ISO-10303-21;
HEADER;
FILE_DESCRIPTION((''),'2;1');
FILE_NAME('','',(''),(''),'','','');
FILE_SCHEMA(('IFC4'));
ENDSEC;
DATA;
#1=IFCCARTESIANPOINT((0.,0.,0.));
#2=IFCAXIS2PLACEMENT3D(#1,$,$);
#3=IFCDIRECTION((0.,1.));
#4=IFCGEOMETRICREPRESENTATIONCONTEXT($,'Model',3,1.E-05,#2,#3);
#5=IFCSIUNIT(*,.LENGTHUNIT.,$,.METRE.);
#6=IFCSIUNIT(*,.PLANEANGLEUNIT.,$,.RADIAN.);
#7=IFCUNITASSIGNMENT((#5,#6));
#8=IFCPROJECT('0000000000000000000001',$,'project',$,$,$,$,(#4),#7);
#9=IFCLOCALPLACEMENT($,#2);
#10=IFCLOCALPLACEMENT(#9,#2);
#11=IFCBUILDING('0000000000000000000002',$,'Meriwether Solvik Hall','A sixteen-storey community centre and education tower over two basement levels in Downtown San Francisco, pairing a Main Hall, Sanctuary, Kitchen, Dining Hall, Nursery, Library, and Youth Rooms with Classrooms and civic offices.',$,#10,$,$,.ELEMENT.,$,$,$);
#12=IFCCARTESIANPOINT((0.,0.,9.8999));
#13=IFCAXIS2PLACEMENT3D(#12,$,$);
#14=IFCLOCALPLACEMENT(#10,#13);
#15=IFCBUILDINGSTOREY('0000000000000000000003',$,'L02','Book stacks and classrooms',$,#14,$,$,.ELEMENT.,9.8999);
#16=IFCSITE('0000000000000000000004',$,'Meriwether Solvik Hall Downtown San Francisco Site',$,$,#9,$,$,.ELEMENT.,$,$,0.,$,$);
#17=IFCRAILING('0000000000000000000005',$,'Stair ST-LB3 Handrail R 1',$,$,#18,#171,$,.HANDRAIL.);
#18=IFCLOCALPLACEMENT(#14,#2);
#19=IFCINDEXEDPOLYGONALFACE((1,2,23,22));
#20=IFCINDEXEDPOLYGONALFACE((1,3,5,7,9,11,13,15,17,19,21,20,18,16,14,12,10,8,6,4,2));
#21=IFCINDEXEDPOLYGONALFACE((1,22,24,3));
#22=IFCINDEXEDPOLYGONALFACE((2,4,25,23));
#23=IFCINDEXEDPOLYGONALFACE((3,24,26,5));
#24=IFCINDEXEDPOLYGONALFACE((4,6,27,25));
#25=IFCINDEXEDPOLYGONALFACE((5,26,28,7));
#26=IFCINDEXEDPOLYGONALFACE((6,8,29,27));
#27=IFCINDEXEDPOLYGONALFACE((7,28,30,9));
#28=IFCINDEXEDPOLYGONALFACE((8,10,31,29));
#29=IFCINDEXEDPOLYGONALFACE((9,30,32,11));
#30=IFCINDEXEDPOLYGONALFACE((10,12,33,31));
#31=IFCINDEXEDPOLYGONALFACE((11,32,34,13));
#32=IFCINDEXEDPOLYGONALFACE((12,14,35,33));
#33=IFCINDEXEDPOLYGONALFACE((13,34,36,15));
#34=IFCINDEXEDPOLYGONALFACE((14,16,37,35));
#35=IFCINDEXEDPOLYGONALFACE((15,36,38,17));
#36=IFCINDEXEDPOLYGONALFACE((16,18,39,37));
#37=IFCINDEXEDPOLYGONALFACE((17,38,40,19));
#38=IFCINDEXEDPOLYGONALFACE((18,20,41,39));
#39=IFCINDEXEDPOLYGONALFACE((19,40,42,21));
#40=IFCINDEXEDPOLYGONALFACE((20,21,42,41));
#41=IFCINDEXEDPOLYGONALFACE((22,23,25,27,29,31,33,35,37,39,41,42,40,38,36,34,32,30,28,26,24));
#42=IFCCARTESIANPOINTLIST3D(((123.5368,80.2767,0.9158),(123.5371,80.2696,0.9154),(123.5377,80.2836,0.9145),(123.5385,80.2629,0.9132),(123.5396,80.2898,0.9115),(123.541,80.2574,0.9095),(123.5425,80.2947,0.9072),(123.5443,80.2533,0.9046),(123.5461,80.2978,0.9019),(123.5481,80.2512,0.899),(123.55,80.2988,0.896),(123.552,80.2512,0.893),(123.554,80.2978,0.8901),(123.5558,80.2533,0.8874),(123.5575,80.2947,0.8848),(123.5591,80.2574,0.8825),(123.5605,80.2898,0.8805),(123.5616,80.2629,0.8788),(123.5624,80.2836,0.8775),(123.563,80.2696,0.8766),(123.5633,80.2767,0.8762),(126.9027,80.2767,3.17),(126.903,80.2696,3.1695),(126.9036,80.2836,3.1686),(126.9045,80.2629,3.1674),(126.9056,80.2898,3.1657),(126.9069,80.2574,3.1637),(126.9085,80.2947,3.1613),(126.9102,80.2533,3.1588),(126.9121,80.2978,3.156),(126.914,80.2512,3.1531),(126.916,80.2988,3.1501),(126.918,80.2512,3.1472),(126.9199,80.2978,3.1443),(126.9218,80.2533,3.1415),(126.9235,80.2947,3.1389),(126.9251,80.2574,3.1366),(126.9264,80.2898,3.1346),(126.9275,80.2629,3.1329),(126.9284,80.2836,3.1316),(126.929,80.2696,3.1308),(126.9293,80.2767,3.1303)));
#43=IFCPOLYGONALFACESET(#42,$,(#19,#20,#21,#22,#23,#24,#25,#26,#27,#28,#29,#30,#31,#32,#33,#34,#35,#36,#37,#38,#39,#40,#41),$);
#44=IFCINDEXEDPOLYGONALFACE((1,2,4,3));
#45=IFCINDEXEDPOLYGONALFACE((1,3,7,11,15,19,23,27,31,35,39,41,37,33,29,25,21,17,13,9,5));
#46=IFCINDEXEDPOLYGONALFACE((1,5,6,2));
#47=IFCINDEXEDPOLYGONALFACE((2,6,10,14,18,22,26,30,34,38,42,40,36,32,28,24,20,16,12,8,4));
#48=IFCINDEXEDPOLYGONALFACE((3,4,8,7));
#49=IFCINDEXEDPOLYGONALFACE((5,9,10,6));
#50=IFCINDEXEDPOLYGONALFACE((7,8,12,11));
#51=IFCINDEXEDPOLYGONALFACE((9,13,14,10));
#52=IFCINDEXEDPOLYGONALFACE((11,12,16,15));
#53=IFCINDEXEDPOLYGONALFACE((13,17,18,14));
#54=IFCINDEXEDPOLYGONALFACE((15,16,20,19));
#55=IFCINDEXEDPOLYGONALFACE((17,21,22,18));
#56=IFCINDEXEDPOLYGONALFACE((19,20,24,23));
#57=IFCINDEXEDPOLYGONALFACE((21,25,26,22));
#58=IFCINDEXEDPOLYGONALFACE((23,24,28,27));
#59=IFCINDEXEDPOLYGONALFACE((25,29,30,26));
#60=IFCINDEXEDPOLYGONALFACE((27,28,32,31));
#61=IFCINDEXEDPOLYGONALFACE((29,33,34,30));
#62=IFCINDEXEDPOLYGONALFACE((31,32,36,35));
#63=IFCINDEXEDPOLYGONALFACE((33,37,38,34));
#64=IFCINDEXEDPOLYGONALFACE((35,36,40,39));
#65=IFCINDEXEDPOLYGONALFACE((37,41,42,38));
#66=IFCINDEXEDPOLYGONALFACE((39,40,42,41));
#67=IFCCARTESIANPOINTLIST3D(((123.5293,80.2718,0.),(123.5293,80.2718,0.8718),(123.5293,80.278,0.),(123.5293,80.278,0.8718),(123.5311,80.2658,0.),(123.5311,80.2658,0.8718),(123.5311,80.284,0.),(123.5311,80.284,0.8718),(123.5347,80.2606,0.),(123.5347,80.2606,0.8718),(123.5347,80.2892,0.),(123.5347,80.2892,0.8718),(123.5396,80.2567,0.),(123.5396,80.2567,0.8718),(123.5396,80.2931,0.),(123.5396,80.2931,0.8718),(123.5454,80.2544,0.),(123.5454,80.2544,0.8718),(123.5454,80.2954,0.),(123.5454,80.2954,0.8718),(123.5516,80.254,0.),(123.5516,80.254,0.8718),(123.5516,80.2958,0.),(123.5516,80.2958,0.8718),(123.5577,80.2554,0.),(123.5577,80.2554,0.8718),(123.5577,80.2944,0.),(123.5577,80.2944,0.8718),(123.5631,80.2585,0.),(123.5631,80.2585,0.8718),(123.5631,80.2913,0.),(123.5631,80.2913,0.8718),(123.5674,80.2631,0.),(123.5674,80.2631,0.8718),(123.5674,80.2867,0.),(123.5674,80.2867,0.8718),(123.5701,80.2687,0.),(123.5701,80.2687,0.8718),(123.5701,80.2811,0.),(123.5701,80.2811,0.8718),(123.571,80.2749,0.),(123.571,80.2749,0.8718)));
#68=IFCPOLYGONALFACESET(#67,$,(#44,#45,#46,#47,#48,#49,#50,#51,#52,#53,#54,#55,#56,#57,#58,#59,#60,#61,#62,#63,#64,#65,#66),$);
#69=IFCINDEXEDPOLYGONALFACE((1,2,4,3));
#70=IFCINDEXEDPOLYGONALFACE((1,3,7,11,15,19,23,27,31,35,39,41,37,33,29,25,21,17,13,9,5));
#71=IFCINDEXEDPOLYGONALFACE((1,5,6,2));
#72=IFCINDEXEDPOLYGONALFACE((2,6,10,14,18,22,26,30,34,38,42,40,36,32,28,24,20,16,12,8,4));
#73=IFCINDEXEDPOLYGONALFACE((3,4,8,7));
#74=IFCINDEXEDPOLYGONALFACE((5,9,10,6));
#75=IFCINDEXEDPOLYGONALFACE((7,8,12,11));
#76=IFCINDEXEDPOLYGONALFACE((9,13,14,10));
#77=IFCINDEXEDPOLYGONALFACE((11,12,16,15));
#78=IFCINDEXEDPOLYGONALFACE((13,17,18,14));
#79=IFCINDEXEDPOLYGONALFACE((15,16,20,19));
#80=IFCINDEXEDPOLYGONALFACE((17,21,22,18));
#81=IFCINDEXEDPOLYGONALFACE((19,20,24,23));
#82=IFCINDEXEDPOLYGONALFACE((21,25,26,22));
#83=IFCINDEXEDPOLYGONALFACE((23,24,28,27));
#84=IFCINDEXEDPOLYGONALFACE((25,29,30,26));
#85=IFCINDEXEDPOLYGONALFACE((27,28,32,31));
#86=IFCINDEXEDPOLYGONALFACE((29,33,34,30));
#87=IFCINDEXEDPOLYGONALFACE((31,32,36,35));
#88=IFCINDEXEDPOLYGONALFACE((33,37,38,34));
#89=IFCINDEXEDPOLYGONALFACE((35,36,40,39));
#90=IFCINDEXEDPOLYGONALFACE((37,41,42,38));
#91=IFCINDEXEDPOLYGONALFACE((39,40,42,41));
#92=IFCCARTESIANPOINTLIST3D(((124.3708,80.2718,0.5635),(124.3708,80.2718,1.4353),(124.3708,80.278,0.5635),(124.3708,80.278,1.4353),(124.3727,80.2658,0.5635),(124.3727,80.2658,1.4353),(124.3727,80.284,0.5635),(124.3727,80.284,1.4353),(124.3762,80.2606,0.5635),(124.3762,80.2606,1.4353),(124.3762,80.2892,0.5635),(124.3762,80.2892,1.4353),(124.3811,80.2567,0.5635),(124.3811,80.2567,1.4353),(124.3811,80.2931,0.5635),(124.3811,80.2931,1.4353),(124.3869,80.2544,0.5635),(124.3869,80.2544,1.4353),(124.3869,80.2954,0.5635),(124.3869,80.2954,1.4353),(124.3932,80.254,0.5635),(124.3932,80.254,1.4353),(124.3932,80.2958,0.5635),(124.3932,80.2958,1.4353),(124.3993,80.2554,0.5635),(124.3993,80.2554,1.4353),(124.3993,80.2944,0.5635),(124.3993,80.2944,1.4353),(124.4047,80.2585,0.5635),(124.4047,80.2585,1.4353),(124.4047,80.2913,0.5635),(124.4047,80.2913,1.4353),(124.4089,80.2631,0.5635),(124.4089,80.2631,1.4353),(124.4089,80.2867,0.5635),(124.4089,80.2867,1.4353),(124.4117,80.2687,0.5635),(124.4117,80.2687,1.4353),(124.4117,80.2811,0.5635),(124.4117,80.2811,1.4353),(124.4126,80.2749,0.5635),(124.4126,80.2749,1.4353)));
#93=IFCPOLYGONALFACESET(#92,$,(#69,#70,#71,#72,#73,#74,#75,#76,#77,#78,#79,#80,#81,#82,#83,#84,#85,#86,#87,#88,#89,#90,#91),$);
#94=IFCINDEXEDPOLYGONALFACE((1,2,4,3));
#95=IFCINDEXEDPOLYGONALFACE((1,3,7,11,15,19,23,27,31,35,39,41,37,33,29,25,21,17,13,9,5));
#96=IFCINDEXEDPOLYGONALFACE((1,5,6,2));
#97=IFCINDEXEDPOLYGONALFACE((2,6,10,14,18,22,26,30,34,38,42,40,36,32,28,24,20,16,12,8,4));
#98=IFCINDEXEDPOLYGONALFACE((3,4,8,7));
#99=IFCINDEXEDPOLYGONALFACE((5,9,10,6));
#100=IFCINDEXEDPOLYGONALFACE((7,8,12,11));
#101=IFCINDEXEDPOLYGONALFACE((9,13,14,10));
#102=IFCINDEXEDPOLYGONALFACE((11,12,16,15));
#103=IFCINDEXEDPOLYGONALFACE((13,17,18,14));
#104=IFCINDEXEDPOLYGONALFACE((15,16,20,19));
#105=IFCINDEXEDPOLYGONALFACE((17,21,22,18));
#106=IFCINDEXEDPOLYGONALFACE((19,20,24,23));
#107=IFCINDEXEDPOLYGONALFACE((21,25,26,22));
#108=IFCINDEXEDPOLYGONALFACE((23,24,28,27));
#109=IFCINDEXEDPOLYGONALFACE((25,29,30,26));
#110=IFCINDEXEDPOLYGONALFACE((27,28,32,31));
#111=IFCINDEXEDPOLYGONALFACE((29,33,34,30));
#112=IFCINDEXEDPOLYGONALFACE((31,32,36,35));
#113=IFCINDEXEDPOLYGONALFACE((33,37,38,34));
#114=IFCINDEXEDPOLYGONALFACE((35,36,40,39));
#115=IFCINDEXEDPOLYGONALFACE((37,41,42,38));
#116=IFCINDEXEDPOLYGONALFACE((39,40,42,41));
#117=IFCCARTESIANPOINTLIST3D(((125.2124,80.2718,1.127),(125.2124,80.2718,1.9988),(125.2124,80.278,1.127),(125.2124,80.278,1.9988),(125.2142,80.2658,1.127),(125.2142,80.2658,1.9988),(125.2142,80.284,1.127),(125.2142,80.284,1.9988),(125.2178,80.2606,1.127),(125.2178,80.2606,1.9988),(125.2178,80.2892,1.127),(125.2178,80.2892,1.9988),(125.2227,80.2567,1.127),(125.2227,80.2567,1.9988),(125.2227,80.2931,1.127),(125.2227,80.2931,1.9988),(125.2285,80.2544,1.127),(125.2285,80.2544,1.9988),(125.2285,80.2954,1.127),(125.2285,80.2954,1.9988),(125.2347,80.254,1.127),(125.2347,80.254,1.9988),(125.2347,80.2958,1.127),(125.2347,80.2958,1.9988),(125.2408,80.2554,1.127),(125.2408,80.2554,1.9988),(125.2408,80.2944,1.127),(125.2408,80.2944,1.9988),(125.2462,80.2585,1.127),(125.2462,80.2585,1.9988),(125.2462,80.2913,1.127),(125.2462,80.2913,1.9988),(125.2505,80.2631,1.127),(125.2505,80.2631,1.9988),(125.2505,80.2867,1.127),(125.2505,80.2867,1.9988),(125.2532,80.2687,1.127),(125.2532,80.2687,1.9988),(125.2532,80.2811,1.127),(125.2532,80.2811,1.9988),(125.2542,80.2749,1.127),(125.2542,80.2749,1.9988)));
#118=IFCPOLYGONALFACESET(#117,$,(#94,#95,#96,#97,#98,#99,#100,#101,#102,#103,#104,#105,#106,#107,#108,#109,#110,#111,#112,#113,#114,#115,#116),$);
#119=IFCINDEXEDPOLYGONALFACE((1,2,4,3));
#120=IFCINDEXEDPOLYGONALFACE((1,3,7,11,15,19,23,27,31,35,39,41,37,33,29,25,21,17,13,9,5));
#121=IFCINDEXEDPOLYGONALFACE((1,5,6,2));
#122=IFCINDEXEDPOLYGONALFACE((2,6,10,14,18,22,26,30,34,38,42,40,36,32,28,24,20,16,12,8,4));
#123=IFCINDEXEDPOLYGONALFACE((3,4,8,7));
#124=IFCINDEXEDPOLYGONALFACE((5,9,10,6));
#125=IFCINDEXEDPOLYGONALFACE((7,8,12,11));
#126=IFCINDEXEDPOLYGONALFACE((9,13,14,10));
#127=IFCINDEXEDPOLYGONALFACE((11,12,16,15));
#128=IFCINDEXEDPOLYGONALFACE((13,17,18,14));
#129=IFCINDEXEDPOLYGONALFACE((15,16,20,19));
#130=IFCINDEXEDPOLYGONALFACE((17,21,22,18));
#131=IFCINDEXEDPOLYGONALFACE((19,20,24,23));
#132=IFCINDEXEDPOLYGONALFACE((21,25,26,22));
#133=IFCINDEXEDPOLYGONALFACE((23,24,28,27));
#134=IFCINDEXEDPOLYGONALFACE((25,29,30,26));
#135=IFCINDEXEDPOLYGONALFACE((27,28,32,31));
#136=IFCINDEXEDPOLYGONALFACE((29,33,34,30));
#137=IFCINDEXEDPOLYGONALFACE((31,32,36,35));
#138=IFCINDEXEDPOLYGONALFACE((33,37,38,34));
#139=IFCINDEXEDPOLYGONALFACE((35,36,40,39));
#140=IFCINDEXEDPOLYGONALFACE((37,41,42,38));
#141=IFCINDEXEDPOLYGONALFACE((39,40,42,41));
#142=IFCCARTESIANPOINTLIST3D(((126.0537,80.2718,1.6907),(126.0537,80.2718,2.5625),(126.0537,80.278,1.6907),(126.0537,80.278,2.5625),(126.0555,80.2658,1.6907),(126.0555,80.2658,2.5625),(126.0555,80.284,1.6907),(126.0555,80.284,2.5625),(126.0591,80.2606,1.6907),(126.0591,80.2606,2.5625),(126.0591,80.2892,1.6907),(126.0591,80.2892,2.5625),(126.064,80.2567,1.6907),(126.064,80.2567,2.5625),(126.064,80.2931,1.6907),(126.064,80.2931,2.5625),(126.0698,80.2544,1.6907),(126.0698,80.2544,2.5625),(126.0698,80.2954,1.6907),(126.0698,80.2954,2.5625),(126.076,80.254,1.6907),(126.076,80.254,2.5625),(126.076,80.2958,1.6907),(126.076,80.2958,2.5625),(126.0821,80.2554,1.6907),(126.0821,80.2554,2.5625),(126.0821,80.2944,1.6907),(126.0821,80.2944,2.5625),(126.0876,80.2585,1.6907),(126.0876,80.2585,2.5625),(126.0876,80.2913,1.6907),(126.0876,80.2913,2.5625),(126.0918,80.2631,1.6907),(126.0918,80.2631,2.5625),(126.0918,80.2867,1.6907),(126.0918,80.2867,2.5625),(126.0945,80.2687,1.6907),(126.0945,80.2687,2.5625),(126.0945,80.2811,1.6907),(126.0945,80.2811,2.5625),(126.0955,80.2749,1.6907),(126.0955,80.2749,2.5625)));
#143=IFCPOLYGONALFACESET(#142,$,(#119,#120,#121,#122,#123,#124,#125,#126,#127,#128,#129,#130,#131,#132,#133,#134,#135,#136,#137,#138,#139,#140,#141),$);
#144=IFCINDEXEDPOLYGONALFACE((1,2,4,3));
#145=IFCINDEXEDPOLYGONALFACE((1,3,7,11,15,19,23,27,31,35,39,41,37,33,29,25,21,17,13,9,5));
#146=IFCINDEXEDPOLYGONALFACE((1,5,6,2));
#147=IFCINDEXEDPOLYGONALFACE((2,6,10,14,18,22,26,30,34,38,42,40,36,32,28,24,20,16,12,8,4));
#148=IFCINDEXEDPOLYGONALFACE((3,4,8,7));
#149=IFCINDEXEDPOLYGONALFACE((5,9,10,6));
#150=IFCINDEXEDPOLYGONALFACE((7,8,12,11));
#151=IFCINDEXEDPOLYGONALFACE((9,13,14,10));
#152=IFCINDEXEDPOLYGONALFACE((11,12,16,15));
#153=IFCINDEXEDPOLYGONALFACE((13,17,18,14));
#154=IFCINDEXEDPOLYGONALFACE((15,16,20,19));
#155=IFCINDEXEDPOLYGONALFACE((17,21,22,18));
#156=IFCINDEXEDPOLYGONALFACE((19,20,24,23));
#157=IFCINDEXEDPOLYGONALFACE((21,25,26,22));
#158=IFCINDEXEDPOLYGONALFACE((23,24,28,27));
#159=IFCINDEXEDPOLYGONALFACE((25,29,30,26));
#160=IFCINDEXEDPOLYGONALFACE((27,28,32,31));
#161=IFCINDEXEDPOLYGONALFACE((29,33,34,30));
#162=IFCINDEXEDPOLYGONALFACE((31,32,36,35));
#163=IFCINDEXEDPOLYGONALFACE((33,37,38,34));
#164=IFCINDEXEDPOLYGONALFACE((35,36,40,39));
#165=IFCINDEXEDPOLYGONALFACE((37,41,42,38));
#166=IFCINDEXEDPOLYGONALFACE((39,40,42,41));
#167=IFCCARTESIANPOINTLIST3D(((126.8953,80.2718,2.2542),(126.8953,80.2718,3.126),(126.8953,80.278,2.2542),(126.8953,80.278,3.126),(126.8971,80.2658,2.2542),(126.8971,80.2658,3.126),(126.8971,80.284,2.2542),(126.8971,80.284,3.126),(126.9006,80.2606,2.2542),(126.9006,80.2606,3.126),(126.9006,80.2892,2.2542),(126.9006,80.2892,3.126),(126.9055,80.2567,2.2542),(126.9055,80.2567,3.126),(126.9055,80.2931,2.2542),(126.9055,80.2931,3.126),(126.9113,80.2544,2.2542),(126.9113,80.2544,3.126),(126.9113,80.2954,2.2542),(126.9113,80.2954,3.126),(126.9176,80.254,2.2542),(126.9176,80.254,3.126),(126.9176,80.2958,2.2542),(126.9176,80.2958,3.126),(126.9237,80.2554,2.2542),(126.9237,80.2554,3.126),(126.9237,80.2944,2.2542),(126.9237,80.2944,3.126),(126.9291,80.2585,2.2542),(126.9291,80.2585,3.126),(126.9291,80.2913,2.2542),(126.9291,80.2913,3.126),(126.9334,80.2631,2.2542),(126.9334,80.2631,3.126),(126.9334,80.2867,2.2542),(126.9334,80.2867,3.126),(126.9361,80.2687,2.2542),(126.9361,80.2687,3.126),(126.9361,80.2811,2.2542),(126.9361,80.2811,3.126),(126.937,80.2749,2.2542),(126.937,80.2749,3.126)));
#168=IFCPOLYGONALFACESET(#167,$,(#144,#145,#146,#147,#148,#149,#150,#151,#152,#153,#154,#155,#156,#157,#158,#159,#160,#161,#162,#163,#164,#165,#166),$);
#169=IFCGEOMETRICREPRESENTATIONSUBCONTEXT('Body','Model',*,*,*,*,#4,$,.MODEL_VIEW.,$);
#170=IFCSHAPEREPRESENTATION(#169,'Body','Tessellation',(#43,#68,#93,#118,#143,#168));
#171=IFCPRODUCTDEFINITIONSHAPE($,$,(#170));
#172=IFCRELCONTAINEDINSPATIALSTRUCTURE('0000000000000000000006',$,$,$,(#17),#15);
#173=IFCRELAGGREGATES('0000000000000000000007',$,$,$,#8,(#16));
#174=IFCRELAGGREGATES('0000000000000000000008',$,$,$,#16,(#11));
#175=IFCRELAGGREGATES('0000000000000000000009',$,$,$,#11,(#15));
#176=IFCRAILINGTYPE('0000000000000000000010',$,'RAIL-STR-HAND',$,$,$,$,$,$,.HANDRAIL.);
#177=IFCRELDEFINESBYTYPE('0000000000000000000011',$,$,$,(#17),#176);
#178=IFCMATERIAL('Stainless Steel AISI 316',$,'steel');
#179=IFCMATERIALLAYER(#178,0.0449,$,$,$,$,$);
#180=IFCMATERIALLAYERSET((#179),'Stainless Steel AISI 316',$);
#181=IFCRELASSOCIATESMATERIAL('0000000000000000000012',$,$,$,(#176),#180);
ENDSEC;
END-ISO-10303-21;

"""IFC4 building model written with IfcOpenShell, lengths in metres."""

from ifc_helpers import new_model, si_unit, direction, frame, origin, origin_2d, place, context, subcontext, project, spatial, circle, extrude, material, layer, layer_set, type_object, element, save


model = new_model("IFC4")

# Units and contexts
model_context = context("Model", 3, precision=1e-05, world=origin(), true_north=direction((0.0, 1.0)))
body_context = subcontext(model_context, "Body", "Model", "MODEL_VIEW")
ifc_project = project(units=[si_unit("LENGTHUNIT", "METRE"), si_unit("PLANEANGLEUNIT", "RADIAN")], contexts=[model_context])

# Site, building, storey
site_placement = place(None, origin())
site = spatial("IfcSite", under=ifc_project, at=site_placement, Name="Meriwether Solvik Hall Downtown San Francisco Site", CompositionType="ELEMENT", RefElevation=0.0)
building_placement = place(site_placement, origin())
building = spatial("IfcBuilding", under=site, at=building_placement, Name="Meriwether Solvik Hall", Description="A sixteen-storey community centre and education tower over two basement levels in Downtown San Francisco, pairing a Main Hall, Sanctuary, Kitchen, Dining Hall, Nursery, Library, and Youth Rooms with Classrooms and civic offices.", CompositionType="ELEMENT")
storey_placement = place(building_placement, frame((0.0, 0.0, 9.8999)))
storey = spatial("IfcBuildingStorey", under=building, at=storey_placement, Name="L02", Description="Book stacks and classrooms", CompositionType="ELEMENT", Elevation=9.8999)

# Railing
ifc_material_1 = material(Name="Stainless Steel AISI 316", Category="steel")
ifc_layer_1 = layer(ifc_material_1, 0.0449)
ifc_layer_set_1 = layer_set([ifc_layer_1], Name="Stainless Steel AISI 316")
railing_type_1 = type_object("IfcRailingType", Name="RAIL-STR-HAND", PredefinedType="HANDRAIL", material=ifc_layer_set_1)
for number, where, name in (
    (1, (123.55, 80.2749, 0.0), "Stair ST-LB3 Handrail R 1"),
):
    element("IfcRailing", number, at=place(storey_placement, frame(where)), inside=storey, type_object=railing_type_1, Name=name, PredefinedType="HANDRAIL", context=body_context, shape_type="SweptSolid", body=[
        extrude(circle(Radius=0.0239, at=origin_2d()), frame((0.0, 0.0, 0.896), z_axis=(0.83089, 0.0, 0.556437), x_axis=(0.0, 1.0, 0.0)), (0.0, 0.0, 1.0), 4.051),
        extrude(circle(Radius=0.021, at=origin_2d()), origin(), (0.0, 0.0, 1.0), 0.8718),
        extrude(circle(Radius=0.021, at=origin_2d()), frame((0.8416, 0.0, 0.5635)), (0.0, 0.0, 1.0), 0.8718),
        extrude(circle(Radius=0.021, at=origin_2d()), frame((1.6831, 0.0, 1.127)), (0.0, 0.0, 1.0), 0.8718),
        extrude(circle(Radius=0.021, at=origin_2d()), frame((2.5244, 0.0, 1.6907)), (0.0, 0.0, 1.0), 0.8718),
        extrude(circle(Radius=0.021, at=origin_2d()), frame((3.366, 0.0, 2.2542)), (0.0, 0.0, 1.0), 0.8718),
    ])

save(model, "model.ifc")
